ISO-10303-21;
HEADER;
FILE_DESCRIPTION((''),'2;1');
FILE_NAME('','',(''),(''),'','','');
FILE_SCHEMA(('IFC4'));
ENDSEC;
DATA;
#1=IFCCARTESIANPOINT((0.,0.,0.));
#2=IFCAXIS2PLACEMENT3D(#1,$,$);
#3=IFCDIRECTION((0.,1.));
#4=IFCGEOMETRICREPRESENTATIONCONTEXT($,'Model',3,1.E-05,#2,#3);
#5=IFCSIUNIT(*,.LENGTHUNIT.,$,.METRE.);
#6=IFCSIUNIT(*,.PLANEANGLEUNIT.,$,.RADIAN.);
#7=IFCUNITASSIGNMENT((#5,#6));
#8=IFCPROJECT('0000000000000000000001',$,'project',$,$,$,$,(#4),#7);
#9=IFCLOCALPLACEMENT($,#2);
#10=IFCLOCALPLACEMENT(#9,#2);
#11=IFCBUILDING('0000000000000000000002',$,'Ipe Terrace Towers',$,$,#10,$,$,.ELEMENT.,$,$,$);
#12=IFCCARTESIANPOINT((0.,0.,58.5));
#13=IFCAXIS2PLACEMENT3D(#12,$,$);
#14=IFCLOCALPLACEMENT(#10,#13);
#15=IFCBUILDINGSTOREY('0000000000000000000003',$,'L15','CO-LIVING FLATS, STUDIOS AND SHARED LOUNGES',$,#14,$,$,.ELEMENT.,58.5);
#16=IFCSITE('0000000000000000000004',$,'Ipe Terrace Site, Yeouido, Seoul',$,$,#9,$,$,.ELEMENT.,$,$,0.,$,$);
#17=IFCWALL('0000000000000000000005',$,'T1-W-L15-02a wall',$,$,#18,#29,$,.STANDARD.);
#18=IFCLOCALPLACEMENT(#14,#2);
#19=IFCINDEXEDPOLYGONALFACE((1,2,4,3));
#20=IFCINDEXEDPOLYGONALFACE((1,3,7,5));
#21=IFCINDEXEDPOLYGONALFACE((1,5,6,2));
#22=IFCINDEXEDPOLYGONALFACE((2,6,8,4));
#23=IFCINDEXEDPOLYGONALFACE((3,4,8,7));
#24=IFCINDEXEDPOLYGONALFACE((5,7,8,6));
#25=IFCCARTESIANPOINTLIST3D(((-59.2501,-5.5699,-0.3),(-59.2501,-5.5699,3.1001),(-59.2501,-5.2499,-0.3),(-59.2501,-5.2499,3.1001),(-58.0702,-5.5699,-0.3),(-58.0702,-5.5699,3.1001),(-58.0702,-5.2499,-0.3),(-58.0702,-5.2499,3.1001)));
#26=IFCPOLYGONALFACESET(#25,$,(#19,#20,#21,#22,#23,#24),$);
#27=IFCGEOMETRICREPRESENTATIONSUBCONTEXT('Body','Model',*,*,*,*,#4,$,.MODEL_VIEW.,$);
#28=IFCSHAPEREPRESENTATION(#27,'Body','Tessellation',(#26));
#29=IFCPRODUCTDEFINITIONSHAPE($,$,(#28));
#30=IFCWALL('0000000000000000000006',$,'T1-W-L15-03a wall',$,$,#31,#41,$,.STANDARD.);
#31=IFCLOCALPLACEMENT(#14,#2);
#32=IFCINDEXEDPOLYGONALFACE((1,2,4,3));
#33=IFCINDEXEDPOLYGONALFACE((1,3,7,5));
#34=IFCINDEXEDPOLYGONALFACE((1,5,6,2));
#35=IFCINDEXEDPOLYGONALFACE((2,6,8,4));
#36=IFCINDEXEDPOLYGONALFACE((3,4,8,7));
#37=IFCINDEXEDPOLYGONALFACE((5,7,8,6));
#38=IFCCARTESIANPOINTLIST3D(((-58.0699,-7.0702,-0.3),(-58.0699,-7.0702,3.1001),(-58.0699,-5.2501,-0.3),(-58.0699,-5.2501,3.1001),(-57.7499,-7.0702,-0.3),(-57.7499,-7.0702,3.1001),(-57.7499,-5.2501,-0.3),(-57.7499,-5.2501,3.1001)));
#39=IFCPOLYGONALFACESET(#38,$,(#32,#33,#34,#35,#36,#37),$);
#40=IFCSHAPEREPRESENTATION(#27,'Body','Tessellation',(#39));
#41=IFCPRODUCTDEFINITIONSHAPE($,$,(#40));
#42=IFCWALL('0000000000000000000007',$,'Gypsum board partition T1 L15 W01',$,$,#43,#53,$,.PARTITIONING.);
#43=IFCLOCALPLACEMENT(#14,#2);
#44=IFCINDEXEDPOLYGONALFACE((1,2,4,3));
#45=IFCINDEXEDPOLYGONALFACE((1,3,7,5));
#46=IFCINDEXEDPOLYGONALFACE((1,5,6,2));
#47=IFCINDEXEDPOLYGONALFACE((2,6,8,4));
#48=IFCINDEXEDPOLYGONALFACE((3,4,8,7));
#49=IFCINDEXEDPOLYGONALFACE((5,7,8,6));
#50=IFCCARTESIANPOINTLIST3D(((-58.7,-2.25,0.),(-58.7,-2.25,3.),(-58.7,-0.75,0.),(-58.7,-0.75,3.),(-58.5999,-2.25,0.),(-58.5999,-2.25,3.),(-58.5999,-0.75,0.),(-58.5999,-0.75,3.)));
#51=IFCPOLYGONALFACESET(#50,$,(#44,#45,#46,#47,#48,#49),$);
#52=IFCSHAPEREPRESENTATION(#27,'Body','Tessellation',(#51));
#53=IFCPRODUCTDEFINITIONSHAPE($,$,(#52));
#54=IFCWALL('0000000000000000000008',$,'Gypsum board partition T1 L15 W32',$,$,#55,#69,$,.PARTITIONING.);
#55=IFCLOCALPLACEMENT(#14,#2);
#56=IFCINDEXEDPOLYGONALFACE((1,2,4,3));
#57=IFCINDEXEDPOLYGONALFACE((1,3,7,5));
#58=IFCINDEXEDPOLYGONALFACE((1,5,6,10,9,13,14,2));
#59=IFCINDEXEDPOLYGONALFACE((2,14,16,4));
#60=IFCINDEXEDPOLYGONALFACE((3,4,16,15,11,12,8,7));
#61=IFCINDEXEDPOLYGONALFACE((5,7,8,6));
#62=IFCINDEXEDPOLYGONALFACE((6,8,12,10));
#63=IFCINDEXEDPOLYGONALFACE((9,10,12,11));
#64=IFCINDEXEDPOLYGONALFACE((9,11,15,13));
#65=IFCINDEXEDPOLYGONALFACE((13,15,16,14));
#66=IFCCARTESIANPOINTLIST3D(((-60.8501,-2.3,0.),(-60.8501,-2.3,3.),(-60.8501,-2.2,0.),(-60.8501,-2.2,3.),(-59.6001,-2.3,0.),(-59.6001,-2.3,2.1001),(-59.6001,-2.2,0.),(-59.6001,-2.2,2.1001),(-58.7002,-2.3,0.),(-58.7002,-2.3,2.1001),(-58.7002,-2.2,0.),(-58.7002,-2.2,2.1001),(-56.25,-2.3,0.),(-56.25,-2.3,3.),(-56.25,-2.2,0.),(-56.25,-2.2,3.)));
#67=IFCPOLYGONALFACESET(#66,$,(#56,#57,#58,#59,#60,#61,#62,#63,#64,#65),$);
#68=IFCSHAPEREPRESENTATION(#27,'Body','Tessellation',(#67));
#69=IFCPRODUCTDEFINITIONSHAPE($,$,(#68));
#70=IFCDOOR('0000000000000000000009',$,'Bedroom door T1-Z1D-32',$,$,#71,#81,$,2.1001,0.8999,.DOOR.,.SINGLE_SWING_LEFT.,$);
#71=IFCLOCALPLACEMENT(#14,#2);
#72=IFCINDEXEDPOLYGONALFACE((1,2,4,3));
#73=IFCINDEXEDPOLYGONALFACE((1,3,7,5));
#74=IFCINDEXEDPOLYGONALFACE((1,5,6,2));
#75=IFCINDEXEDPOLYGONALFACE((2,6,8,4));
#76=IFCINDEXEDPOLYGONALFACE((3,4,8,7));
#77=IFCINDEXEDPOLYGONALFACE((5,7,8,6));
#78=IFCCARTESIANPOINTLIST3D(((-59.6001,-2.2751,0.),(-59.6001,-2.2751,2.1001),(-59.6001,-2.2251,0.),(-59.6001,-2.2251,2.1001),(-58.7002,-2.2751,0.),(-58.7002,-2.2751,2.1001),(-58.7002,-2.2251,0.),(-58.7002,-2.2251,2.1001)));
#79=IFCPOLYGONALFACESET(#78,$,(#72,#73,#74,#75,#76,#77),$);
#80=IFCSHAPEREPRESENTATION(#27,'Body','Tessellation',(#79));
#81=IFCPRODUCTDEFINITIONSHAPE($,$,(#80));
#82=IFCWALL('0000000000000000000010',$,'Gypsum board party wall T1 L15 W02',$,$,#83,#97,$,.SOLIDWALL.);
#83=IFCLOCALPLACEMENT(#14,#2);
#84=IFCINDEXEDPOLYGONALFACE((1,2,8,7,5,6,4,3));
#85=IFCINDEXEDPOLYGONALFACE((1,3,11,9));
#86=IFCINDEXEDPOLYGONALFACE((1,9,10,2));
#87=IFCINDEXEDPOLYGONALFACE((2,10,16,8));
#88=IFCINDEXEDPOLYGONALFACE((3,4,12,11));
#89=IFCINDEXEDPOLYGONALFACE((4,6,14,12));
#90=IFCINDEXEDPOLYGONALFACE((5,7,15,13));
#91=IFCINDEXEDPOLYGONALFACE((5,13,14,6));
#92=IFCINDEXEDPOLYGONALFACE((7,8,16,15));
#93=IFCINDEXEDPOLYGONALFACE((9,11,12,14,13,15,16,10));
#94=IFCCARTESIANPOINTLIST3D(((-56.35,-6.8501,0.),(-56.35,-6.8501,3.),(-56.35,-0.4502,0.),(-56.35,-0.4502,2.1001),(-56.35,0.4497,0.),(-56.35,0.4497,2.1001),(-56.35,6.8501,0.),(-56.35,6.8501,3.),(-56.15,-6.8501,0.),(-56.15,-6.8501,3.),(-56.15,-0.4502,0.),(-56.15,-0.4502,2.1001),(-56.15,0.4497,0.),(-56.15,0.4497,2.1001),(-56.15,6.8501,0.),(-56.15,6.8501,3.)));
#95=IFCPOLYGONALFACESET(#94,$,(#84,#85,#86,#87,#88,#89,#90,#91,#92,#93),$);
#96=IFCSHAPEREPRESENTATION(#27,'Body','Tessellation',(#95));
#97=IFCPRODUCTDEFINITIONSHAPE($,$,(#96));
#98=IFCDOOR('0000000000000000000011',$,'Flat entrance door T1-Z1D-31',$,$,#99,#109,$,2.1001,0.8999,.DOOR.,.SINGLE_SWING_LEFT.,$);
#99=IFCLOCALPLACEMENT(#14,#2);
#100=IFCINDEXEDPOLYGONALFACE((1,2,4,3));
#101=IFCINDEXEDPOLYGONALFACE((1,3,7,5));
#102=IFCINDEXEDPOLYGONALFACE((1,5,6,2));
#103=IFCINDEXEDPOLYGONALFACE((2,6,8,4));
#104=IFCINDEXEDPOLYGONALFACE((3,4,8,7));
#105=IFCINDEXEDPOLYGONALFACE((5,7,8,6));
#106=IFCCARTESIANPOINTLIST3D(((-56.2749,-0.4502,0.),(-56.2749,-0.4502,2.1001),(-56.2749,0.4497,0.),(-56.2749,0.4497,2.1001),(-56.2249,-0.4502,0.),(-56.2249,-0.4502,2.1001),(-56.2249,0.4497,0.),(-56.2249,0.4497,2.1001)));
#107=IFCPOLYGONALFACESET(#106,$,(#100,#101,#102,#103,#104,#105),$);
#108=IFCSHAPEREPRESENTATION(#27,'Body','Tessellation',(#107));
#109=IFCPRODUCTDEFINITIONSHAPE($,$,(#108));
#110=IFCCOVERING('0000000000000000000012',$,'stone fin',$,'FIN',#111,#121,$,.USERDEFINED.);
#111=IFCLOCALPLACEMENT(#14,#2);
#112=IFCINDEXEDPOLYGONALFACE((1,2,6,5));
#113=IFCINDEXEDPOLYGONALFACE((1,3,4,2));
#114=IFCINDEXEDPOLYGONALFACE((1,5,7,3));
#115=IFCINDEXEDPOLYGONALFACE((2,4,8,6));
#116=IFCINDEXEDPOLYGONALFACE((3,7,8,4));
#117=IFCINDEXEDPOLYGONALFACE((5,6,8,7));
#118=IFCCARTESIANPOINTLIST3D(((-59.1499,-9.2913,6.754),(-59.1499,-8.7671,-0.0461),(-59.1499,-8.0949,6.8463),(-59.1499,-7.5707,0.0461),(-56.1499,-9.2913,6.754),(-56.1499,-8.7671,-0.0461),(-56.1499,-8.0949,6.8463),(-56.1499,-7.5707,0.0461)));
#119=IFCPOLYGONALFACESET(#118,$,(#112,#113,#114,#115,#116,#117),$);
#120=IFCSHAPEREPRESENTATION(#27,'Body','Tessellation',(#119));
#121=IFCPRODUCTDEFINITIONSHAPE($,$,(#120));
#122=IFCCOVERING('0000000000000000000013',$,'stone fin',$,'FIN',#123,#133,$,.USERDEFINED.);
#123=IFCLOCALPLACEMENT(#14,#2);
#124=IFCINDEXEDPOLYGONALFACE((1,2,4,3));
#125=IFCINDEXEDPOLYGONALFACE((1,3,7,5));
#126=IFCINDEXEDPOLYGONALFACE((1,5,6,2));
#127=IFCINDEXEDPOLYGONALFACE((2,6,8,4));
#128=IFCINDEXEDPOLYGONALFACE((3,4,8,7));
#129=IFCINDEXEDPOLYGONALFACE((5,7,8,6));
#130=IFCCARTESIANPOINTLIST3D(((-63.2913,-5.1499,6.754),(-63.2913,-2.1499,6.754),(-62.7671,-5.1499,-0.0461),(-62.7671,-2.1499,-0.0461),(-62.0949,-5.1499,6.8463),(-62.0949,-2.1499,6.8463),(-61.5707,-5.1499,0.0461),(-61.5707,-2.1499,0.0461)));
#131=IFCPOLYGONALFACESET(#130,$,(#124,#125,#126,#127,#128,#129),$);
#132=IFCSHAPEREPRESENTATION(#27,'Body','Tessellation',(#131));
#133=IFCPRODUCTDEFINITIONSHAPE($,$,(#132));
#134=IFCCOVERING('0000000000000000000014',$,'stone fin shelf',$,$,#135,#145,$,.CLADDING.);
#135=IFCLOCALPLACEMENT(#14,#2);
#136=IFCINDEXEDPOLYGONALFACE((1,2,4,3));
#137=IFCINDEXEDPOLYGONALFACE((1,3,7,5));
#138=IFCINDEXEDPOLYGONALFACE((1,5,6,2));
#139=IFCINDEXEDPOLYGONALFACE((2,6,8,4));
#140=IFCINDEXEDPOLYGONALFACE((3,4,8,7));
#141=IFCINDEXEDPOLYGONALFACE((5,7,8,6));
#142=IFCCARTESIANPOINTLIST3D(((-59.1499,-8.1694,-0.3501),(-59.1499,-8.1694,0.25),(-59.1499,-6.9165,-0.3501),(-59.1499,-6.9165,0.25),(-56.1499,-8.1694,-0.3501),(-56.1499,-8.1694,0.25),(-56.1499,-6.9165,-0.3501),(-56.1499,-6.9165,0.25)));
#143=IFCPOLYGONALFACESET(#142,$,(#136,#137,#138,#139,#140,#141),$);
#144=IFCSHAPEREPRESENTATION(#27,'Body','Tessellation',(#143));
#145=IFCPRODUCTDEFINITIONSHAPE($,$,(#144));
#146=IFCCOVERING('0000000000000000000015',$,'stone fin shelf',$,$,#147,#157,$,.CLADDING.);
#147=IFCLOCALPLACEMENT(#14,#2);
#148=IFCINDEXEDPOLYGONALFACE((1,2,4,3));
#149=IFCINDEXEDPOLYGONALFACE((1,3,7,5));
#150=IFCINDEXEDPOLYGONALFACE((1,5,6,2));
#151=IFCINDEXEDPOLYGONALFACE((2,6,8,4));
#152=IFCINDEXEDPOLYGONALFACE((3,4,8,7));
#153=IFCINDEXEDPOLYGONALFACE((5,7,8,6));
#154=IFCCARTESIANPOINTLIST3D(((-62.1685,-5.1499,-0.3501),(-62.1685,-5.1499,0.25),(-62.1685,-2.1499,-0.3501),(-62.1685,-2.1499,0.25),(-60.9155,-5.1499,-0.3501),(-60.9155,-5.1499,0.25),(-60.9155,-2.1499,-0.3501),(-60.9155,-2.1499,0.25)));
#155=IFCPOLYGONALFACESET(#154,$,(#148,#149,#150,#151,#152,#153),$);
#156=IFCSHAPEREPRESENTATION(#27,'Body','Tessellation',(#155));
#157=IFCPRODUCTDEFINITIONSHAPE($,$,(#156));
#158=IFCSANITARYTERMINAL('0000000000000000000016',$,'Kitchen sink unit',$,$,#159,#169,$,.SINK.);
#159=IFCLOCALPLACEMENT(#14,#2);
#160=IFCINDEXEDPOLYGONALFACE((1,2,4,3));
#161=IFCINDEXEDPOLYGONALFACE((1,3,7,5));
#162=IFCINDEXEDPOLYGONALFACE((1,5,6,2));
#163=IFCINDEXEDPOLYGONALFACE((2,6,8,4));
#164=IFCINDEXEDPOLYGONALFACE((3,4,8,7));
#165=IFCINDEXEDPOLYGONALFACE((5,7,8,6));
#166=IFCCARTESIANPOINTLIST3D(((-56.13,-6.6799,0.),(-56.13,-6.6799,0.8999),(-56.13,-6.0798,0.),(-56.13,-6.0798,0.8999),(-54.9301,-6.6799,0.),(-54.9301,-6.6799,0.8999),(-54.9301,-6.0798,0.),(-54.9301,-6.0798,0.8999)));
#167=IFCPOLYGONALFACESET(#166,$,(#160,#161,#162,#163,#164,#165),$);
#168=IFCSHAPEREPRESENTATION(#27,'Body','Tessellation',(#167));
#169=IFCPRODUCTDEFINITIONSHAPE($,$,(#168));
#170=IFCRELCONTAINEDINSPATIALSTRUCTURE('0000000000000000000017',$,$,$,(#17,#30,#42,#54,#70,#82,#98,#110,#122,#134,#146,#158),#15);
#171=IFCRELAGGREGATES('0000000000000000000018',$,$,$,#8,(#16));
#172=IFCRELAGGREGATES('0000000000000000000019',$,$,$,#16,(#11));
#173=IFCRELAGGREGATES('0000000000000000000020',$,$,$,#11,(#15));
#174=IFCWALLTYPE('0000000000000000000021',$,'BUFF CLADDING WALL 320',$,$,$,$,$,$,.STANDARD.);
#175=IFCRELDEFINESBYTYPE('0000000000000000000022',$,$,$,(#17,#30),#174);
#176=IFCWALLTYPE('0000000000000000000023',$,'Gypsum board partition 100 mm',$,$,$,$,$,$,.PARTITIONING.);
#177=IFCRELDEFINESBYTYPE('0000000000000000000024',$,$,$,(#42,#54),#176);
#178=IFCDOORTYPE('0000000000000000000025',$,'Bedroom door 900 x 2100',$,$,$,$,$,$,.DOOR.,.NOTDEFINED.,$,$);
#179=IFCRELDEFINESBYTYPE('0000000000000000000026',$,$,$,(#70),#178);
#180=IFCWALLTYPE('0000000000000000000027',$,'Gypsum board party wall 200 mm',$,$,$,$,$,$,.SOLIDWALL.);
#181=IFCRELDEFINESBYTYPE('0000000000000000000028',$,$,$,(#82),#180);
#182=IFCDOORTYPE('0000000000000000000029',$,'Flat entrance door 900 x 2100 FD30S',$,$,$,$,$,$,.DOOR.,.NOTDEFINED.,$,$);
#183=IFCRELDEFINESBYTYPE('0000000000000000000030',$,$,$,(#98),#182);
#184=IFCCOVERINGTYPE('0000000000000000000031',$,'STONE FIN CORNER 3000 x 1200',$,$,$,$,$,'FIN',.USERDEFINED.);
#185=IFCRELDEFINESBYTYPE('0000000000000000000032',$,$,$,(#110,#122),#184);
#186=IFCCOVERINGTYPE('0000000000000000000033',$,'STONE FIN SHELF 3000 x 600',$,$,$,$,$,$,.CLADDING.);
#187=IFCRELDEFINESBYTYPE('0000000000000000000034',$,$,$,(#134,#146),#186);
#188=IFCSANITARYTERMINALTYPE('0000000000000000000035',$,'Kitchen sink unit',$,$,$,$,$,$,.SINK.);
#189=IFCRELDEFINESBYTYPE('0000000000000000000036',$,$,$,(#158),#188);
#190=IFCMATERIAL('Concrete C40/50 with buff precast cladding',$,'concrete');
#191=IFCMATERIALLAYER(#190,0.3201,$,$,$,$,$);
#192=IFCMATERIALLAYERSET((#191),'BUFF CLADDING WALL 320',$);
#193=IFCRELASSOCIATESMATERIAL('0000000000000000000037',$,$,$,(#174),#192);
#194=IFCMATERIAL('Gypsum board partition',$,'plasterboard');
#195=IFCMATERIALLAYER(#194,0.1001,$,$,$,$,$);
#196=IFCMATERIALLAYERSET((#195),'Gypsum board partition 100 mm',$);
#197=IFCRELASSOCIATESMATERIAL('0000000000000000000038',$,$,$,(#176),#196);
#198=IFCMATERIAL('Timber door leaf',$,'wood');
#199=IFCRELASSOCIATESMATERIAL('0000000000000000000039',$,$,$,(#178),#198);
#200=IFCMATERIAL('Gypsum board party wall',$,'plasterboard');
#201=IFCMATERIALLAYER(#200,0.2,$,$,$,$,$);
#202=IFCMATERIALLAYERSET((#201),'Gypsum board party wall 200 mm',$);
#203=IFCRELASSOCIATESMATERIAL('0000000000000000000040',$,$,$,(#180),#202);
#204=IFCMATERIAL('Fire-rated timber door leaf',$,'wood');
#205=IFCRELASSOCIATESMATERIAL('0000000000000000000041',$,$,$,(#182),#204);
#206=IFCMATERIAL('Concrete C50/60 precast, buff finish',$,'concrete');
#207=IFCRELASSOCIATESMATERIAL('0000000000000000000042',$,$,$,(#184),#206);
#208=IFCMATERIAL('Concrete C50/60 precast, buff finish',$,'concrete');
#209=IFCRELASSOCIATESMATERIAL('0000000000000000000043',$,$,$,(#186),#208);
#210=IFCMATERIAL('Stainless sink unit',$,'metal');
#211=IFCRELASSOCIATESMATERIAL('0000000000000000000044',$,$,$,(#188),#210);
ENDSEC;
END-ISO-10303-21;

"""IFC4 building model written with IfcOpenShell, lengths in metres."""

from ifc_helpers import new_model, si_unit, direction, frame, frame_2d, origin, origin_2d, place, context, subcontext, project, spatial, rectangle, extrude, material, layer, layer_set, material_profile, profile_set, type_object, element, fill, save


model = new_model("IFC4")

# Units and contexts
model_context = context("Model", 3, precision=1e-05, world=origin(), true_north=direction((0.0, 1.0)))
body_context = subcontext(model_context, "Body", "Model", "MODEL_VIEW")
ifc_project = project(units=[si_unit("LENGTHUNIT", "METRE"), si_unit("PLANEANGLEUNIT", "RADIAN")], contexts=[model_context])

# Site, building, storey
site_placement = place(None, origin())
site = spatial("IfcSite", under=ifc_project, at=site_placement, Name="Ipe Terrace Site, Yeouido, Seoul", CompositionType="ELEMENT", RefElevation=0.0)
building_placement = place(site_placement, origin())
building = spatial("IfcBuilding", under=site, at=building_placement, Name="Ipe Terrace Towers", CompositionType="ELEMENT")
storey_placement = place(building_placement, frame((0.0, 0.0, 58.5)))
storey = spatial("IfcBuildingStorey", under=building, at=storey_placement, Name="L15", Description="CO-LIVING FLATS, STUDIOS AND SHARED LOUNGES", CompositionType="ELEMENT", Elevation=58.5)

# Shared definitions
ifc_material_1 = material(Name="Concrete C40/50 with buff precast cladding", Category="concrete")
ifc_layer_1 = layer(ifc_material_1, 0.3201)
ifc_layer_set_1 = layer_set([ifc_layer_1], Name="BUFF CLADDING WALL 320")
wall_type_1 = type_object("IfcWallType", Name="BUFF CLADDING WALL 320", PredefinedType="STANDARD", material=ifc_layer_set_1)

# Walls
wall_1_placement = place(storey_placement, frame((-59.25, -5.4099, -0.3), z_axis=(0.0, 0.0, 1.0), x_axis=(1.0, 0.0, 0.0)))
element("IfcWall", 1, at=wall_1_placement, inside=storey, type_object=wall_type_1, Name="T1-W-L15-02a wall", PredefinedType="STANDARD", context=body_context, shape_type="SweptSolid", body=[
    extrude(rectangle(XDim=1.1799, YDim=0.3201, at=frame_2d((0.5898, 0.0))), origin(), (0.0, 0.0, 1.0), 3.4001),
])
wall_2_placement = place(storey_placement, frame((-57.9099, -5.25, -0.3), z_axis=(0.0, 0.0, 1.0), x_axis=(0.0, -1.0, 0.0)))
element("IfcWall", 2, at=wall_2_placement, inside=storey, type_object=wall_type_1, Name="T1-W-L15-03a wall", PredefinedType="STANDARD", context=body_context, shape_type="SweptSolid", body=[
    extrude(rectangle(XDim=1.8201, YDim=0.3201, at=frame_2d((0.9102, 0.0))), origin(), (0.0, 0.0, 1.0), 3.4001),
])
ifc_material_2 = material(Name="Gypsum board partition", Category="plasterboard")
ifc_layer_2 = layer(ifc_material_2, 0.1001)
ifc_layer_set_2 = layer_set([ifc_layer_2], Name="Gypsum board partition 100 mm")
wall_type_2 = type_object("IfcWallType", Name="Gypsum board partition 100 mm", PredefinedType="PARTITIONING", material=ifc_layer_set_2)
wall_3_placement = place(storey_placement, frame((-58.6499, -2.25, 0.0), z_axis=(0.0, 0.0, 1.0), x_axis=(0.0, 1.0, 0.0)))
element("IfcWall", 3, at=wall_3_placement, inside=storey, type_object=wall_type_2, Name="Gypsum board partition T1 L15 W01", PredefinedType="PARTITIONING", context=body_context, shape_type="SweptSolid", body=[
    extrude(rectangle(XDim=1.5, YDim=0.1001, at=frame_2d((0.75, 0.0))), origin(), (0.0, 0.0, 1.0), 3.0),
])

# Walls, openings, doors
wall_4_placement = place(storey_placement, frame((-60.8501, -2.25, 0.0), z_axis=(0.0, 0.0, 1.0), x_axis=(1.0, 0.0, 0.0)))
wall_4 = element("IfcWall", 4, at=wall_4_placement, inside=storey, type_object=wall_type_2, Name="Gypsum board partition T1 L15 W32", PredefinedType="PARTITIONING", context=body_context, shape_type="SweptSolid", body=[
    extrude(rectangle(XDim=4.6001, YDim=0.1001, at=frame_2d((2.3, 0.0))), origin(), (0.0, 0.0, 1.0), 3.0),
])
opening_1_placement = place(wall_4_placement, frame((1.25, 0.0, 0.0)))
opening_1 = element("IfcOpeningElement", 5, at=opening_1_placement, cuts=wall_4, PredefinedType="OPENING", context=body_context, shape_type="SweptSolid", body=[
    extrude(rectangle(XDim=0.8999, YDim=2.1001, at=frame_2d((0.45, 1.05))), frame((0.0, 0.0601, 0.0), z_axis=(0.0, -1.0, 0.0), x_axis=(1.0, 0.0, 0.0)), (0.0, 0.0, 1.0), 0.1201),
])
ifc_material_3 = material(Name="Timber door leaf", Category="wood")
door_type_1 = type_object("IfcDoorType", Name="Bedroom door 900 x 2100", OperationType="NOTDEFINED", PredefinedType="DOOR", material=ifc_material_3)
door_1_placement = place(opening_1_placement, origin())
door_1 = element("IfcDoor", 6, at=door_1_placement, inside=storey, type_object=door_type_1, Name="Bedroom door T1-Z1D-32", OperationType="SINGLE_SWING_LEFT", OverallHeight=2.1001, OverallWidth=0.8999, PredefinedType="DOOR", context=body_context, shape_type="SweptSolid", body=[
    extrude(rectangle(XDim=0.8999, YDim=2.1001, at=frame_2d((0.45, 1.05))), frame((0.0, 0.0249, 0.0), z_axis=(0.0, -1.0, 0.0), x_axis=(1.0, 0.0, 0.0)), (0.0, 0.0, 1.0), 0.05),
])
fill(opening_1, door_1)
ifc_material_4 = material(Name="Gypsum board party wall", Category="plasterboard")
ifc_layer_3 = layer(ifc_material_4, 0.2)
ifc_layer_set_3 = layer_set([ifc_layer_3], Name="Gypsum board party wall 200 mm")
wall_type_3 = type_object("IfcWallType", Name="Gypsum board party wall 200 mm", PredefinedType="SOLIDWALL", material=ifc_layer_set_3)
wall_5_placement = place(storey_placement, frame((-56.25, -6.8501, 0.0), z_axis=(0.0, 0.0, 1.0), x_axis=(0.0, 1.0, 0.0)))
wall_5 = element("IfcWall", 7, at=wall_5_placement, inside=storey, type_object=wall_type_3, Name="Gypsum board party wall T1 L15 W02", PredefinedType="SOLIDWALL", context=body_context, shape_type="SweptSolid", body=[
    extrude(rectangle(XDim=13.7002, YDim=0.2, at=frame_2d((6.8501, 0.0))), origin(), (0.0, 0.0, 1.0), 3.0),
])
opening_2_placement = place(wall_5_placement, frame((6.3999, 0.0, 0.0)))
opening_2 = element("IfcOpeningElement", 8, at=opening_2_placement, cuts=wall_5, PredefinedType="OPENING", context=body_context, shape_type="SweptSolid", body=[
    extrude(rectangle(XDim=0.8999, YDim=2.1001, at=frame_2d((0.45, 1.05))), frame((0.0, 0.1099, 0.0), z_axis=(0.0, -1.0, 0.0), x_axis=(1.0, 0.0, 0.0)), (0.0, 0.0, 1.0), 0.22),
])
ifc_material_5 = material(Name="Fire-rated timber door leaf", Category="wood")
door_type_2 = type_object("IfcDoorType", Name="Flat entrance door 900 x 2100 FD30S", OperationType="NOTDEFINED", PredefinedType="DOOR", material=ifc_material_5)
door_2_placement = place(opening_2_placement, origin())
door_2 = element("IfcDoor", 9, at=door_2_placement, inside=storey, type_object=door_type_2, Name="Flat entrance door T1-Z1D-31", OperationType="SINGLE_SWING_LEFT", OverallHeight=2.1001, OverallWidth=0.8999, PredefinedType="DOOR", context=body_context, shape_type="SweptSolid", body=[
    extrude(rectangle(XDim=0.8999, YDim=2.1001, at=frame_2d((0.45, 1.05))), frame((0.0, 0.0249, 0.0), z_axis=(0.0, -1.0, 0.0), x_axis=(1.0, 0.0, 0.0)), (0.0, 0.0, 1.0), 0.05),
])
fill(opening_2, door_2)

# Coverings
ifc_material_6 = material(Name="Concrete C50/60 precast, buff finish", Category="concrete")
ifc_material_profile_1 = material_profile(ifc_material_6, rectangle(XDim=3.0, YDim=1.2, at=origin_2d()), Name="STONE FIN CORNER 3000 x 1200")
ifc_profile_set_1 = profile_set([ifc_material_profile_1], Name="Concrete C50/60 precast, buff finish")
covering_type_1 = type_object("IfcCoveringType", Name="STONE FIN CORNER 3000 x 1200", ElementType="FIN", PredefinedType="USERDEFINED", material=ifc_profile_set_1)
for number, where, z_axis, x_axis, name in (
    (10, (-57.6499, -8.1689, 0.0), (0.0, -0.076855, 0.997042), (1.0, 0.0, 0.0), "stone fin"),
    (11, (-62.1689, -3.6499, 0.0), (-0.076855, 0.0, 0.997042), (0.0, -1.0, 0.0), "stone fin"),
):
    element("IfcCovering", number, at=place(storey_placement, frame(where, z_axis=z_axis, x_axis=x_axis)), inside=storey, type_object=covering_type_1, Name=name, ObjectType="FIN", PredefinedType="USERDEFINED", context=body_context, shape_type="SweptSolid", body=[
        extrude(rectangle(XDim=3.0, YDim=1.2, at=origin_2d()), origin(), (0.0, 0.0, 1.0), 6.8203),
    ])
ifc_material_7 = material(Name="Concrete C50/60 precast, buff finish", Category="concrete")
covering_type_2 = type_object("IfcCoveringType", Name="STONE FIN SHELF 3000 x 600", PredefinedType="CLADDING", material=ifc_material_7)
for number, where, z_axis, x_axis, name in (
    (12, (-57.6499, -7.543, -0.3501), (0.0, 0.0, 1.0), (1.0, 0.0, 0.0), "stone fin shelf"),
    (13, (-61.542, -3.6499, -0.3501), (0.0, 0.0, 1.0), (0.0, -1.0, 0.0), "stone fin shelf"),
):
    element("IfcCovering", number, at=place(storey_placement, frame(where, z_axis=z_axis, x_axis=x_axis)), inside=storey, type_object=covering_type_2, Name=name, PredefinedType="CLADDING", context=body_context, shape_type="SweptSolid", body=[
        extrude(rectangle(XDim=3.0, YDim=1.2529, at=origin_2d()), origin(), (0.0, 0.0, 1.0), 0.6001),
    ])

# Sanitary terminal
ifc_material_8 = material(Name="Stainless sink unit", Category="metal")
sanitary_terminal_type_1 = type_object("IfcSanitaryTerminalType", Name="Kitchen sink unit", PredefinedType="SINK", material=ifc_material_8)
sanitary_terminal_1_placement = place(storey_placement, frame((-55.53, -6.3799, 0.0), z_axis=(0.0, 0.0, 1.0), x_axis=(-1.0, 0.0, 0.0)))
element("IfcSanitaryTerminal", 14, at=sanitary_terminal_1_placement, inside=storey, type_object=sanitary_terminal_type_1, Name="Kitchen sink unit", PredefinedType="SINK", context=body_context, shape_type="SweptSolid", body=[
    extrude(rectangle(XDim=1.2, YDim=0.6001, at=origin_2d()), origin(), (0.0, 0.0, 1.0), 0.8999),
])

save(model, "model.ifc")
